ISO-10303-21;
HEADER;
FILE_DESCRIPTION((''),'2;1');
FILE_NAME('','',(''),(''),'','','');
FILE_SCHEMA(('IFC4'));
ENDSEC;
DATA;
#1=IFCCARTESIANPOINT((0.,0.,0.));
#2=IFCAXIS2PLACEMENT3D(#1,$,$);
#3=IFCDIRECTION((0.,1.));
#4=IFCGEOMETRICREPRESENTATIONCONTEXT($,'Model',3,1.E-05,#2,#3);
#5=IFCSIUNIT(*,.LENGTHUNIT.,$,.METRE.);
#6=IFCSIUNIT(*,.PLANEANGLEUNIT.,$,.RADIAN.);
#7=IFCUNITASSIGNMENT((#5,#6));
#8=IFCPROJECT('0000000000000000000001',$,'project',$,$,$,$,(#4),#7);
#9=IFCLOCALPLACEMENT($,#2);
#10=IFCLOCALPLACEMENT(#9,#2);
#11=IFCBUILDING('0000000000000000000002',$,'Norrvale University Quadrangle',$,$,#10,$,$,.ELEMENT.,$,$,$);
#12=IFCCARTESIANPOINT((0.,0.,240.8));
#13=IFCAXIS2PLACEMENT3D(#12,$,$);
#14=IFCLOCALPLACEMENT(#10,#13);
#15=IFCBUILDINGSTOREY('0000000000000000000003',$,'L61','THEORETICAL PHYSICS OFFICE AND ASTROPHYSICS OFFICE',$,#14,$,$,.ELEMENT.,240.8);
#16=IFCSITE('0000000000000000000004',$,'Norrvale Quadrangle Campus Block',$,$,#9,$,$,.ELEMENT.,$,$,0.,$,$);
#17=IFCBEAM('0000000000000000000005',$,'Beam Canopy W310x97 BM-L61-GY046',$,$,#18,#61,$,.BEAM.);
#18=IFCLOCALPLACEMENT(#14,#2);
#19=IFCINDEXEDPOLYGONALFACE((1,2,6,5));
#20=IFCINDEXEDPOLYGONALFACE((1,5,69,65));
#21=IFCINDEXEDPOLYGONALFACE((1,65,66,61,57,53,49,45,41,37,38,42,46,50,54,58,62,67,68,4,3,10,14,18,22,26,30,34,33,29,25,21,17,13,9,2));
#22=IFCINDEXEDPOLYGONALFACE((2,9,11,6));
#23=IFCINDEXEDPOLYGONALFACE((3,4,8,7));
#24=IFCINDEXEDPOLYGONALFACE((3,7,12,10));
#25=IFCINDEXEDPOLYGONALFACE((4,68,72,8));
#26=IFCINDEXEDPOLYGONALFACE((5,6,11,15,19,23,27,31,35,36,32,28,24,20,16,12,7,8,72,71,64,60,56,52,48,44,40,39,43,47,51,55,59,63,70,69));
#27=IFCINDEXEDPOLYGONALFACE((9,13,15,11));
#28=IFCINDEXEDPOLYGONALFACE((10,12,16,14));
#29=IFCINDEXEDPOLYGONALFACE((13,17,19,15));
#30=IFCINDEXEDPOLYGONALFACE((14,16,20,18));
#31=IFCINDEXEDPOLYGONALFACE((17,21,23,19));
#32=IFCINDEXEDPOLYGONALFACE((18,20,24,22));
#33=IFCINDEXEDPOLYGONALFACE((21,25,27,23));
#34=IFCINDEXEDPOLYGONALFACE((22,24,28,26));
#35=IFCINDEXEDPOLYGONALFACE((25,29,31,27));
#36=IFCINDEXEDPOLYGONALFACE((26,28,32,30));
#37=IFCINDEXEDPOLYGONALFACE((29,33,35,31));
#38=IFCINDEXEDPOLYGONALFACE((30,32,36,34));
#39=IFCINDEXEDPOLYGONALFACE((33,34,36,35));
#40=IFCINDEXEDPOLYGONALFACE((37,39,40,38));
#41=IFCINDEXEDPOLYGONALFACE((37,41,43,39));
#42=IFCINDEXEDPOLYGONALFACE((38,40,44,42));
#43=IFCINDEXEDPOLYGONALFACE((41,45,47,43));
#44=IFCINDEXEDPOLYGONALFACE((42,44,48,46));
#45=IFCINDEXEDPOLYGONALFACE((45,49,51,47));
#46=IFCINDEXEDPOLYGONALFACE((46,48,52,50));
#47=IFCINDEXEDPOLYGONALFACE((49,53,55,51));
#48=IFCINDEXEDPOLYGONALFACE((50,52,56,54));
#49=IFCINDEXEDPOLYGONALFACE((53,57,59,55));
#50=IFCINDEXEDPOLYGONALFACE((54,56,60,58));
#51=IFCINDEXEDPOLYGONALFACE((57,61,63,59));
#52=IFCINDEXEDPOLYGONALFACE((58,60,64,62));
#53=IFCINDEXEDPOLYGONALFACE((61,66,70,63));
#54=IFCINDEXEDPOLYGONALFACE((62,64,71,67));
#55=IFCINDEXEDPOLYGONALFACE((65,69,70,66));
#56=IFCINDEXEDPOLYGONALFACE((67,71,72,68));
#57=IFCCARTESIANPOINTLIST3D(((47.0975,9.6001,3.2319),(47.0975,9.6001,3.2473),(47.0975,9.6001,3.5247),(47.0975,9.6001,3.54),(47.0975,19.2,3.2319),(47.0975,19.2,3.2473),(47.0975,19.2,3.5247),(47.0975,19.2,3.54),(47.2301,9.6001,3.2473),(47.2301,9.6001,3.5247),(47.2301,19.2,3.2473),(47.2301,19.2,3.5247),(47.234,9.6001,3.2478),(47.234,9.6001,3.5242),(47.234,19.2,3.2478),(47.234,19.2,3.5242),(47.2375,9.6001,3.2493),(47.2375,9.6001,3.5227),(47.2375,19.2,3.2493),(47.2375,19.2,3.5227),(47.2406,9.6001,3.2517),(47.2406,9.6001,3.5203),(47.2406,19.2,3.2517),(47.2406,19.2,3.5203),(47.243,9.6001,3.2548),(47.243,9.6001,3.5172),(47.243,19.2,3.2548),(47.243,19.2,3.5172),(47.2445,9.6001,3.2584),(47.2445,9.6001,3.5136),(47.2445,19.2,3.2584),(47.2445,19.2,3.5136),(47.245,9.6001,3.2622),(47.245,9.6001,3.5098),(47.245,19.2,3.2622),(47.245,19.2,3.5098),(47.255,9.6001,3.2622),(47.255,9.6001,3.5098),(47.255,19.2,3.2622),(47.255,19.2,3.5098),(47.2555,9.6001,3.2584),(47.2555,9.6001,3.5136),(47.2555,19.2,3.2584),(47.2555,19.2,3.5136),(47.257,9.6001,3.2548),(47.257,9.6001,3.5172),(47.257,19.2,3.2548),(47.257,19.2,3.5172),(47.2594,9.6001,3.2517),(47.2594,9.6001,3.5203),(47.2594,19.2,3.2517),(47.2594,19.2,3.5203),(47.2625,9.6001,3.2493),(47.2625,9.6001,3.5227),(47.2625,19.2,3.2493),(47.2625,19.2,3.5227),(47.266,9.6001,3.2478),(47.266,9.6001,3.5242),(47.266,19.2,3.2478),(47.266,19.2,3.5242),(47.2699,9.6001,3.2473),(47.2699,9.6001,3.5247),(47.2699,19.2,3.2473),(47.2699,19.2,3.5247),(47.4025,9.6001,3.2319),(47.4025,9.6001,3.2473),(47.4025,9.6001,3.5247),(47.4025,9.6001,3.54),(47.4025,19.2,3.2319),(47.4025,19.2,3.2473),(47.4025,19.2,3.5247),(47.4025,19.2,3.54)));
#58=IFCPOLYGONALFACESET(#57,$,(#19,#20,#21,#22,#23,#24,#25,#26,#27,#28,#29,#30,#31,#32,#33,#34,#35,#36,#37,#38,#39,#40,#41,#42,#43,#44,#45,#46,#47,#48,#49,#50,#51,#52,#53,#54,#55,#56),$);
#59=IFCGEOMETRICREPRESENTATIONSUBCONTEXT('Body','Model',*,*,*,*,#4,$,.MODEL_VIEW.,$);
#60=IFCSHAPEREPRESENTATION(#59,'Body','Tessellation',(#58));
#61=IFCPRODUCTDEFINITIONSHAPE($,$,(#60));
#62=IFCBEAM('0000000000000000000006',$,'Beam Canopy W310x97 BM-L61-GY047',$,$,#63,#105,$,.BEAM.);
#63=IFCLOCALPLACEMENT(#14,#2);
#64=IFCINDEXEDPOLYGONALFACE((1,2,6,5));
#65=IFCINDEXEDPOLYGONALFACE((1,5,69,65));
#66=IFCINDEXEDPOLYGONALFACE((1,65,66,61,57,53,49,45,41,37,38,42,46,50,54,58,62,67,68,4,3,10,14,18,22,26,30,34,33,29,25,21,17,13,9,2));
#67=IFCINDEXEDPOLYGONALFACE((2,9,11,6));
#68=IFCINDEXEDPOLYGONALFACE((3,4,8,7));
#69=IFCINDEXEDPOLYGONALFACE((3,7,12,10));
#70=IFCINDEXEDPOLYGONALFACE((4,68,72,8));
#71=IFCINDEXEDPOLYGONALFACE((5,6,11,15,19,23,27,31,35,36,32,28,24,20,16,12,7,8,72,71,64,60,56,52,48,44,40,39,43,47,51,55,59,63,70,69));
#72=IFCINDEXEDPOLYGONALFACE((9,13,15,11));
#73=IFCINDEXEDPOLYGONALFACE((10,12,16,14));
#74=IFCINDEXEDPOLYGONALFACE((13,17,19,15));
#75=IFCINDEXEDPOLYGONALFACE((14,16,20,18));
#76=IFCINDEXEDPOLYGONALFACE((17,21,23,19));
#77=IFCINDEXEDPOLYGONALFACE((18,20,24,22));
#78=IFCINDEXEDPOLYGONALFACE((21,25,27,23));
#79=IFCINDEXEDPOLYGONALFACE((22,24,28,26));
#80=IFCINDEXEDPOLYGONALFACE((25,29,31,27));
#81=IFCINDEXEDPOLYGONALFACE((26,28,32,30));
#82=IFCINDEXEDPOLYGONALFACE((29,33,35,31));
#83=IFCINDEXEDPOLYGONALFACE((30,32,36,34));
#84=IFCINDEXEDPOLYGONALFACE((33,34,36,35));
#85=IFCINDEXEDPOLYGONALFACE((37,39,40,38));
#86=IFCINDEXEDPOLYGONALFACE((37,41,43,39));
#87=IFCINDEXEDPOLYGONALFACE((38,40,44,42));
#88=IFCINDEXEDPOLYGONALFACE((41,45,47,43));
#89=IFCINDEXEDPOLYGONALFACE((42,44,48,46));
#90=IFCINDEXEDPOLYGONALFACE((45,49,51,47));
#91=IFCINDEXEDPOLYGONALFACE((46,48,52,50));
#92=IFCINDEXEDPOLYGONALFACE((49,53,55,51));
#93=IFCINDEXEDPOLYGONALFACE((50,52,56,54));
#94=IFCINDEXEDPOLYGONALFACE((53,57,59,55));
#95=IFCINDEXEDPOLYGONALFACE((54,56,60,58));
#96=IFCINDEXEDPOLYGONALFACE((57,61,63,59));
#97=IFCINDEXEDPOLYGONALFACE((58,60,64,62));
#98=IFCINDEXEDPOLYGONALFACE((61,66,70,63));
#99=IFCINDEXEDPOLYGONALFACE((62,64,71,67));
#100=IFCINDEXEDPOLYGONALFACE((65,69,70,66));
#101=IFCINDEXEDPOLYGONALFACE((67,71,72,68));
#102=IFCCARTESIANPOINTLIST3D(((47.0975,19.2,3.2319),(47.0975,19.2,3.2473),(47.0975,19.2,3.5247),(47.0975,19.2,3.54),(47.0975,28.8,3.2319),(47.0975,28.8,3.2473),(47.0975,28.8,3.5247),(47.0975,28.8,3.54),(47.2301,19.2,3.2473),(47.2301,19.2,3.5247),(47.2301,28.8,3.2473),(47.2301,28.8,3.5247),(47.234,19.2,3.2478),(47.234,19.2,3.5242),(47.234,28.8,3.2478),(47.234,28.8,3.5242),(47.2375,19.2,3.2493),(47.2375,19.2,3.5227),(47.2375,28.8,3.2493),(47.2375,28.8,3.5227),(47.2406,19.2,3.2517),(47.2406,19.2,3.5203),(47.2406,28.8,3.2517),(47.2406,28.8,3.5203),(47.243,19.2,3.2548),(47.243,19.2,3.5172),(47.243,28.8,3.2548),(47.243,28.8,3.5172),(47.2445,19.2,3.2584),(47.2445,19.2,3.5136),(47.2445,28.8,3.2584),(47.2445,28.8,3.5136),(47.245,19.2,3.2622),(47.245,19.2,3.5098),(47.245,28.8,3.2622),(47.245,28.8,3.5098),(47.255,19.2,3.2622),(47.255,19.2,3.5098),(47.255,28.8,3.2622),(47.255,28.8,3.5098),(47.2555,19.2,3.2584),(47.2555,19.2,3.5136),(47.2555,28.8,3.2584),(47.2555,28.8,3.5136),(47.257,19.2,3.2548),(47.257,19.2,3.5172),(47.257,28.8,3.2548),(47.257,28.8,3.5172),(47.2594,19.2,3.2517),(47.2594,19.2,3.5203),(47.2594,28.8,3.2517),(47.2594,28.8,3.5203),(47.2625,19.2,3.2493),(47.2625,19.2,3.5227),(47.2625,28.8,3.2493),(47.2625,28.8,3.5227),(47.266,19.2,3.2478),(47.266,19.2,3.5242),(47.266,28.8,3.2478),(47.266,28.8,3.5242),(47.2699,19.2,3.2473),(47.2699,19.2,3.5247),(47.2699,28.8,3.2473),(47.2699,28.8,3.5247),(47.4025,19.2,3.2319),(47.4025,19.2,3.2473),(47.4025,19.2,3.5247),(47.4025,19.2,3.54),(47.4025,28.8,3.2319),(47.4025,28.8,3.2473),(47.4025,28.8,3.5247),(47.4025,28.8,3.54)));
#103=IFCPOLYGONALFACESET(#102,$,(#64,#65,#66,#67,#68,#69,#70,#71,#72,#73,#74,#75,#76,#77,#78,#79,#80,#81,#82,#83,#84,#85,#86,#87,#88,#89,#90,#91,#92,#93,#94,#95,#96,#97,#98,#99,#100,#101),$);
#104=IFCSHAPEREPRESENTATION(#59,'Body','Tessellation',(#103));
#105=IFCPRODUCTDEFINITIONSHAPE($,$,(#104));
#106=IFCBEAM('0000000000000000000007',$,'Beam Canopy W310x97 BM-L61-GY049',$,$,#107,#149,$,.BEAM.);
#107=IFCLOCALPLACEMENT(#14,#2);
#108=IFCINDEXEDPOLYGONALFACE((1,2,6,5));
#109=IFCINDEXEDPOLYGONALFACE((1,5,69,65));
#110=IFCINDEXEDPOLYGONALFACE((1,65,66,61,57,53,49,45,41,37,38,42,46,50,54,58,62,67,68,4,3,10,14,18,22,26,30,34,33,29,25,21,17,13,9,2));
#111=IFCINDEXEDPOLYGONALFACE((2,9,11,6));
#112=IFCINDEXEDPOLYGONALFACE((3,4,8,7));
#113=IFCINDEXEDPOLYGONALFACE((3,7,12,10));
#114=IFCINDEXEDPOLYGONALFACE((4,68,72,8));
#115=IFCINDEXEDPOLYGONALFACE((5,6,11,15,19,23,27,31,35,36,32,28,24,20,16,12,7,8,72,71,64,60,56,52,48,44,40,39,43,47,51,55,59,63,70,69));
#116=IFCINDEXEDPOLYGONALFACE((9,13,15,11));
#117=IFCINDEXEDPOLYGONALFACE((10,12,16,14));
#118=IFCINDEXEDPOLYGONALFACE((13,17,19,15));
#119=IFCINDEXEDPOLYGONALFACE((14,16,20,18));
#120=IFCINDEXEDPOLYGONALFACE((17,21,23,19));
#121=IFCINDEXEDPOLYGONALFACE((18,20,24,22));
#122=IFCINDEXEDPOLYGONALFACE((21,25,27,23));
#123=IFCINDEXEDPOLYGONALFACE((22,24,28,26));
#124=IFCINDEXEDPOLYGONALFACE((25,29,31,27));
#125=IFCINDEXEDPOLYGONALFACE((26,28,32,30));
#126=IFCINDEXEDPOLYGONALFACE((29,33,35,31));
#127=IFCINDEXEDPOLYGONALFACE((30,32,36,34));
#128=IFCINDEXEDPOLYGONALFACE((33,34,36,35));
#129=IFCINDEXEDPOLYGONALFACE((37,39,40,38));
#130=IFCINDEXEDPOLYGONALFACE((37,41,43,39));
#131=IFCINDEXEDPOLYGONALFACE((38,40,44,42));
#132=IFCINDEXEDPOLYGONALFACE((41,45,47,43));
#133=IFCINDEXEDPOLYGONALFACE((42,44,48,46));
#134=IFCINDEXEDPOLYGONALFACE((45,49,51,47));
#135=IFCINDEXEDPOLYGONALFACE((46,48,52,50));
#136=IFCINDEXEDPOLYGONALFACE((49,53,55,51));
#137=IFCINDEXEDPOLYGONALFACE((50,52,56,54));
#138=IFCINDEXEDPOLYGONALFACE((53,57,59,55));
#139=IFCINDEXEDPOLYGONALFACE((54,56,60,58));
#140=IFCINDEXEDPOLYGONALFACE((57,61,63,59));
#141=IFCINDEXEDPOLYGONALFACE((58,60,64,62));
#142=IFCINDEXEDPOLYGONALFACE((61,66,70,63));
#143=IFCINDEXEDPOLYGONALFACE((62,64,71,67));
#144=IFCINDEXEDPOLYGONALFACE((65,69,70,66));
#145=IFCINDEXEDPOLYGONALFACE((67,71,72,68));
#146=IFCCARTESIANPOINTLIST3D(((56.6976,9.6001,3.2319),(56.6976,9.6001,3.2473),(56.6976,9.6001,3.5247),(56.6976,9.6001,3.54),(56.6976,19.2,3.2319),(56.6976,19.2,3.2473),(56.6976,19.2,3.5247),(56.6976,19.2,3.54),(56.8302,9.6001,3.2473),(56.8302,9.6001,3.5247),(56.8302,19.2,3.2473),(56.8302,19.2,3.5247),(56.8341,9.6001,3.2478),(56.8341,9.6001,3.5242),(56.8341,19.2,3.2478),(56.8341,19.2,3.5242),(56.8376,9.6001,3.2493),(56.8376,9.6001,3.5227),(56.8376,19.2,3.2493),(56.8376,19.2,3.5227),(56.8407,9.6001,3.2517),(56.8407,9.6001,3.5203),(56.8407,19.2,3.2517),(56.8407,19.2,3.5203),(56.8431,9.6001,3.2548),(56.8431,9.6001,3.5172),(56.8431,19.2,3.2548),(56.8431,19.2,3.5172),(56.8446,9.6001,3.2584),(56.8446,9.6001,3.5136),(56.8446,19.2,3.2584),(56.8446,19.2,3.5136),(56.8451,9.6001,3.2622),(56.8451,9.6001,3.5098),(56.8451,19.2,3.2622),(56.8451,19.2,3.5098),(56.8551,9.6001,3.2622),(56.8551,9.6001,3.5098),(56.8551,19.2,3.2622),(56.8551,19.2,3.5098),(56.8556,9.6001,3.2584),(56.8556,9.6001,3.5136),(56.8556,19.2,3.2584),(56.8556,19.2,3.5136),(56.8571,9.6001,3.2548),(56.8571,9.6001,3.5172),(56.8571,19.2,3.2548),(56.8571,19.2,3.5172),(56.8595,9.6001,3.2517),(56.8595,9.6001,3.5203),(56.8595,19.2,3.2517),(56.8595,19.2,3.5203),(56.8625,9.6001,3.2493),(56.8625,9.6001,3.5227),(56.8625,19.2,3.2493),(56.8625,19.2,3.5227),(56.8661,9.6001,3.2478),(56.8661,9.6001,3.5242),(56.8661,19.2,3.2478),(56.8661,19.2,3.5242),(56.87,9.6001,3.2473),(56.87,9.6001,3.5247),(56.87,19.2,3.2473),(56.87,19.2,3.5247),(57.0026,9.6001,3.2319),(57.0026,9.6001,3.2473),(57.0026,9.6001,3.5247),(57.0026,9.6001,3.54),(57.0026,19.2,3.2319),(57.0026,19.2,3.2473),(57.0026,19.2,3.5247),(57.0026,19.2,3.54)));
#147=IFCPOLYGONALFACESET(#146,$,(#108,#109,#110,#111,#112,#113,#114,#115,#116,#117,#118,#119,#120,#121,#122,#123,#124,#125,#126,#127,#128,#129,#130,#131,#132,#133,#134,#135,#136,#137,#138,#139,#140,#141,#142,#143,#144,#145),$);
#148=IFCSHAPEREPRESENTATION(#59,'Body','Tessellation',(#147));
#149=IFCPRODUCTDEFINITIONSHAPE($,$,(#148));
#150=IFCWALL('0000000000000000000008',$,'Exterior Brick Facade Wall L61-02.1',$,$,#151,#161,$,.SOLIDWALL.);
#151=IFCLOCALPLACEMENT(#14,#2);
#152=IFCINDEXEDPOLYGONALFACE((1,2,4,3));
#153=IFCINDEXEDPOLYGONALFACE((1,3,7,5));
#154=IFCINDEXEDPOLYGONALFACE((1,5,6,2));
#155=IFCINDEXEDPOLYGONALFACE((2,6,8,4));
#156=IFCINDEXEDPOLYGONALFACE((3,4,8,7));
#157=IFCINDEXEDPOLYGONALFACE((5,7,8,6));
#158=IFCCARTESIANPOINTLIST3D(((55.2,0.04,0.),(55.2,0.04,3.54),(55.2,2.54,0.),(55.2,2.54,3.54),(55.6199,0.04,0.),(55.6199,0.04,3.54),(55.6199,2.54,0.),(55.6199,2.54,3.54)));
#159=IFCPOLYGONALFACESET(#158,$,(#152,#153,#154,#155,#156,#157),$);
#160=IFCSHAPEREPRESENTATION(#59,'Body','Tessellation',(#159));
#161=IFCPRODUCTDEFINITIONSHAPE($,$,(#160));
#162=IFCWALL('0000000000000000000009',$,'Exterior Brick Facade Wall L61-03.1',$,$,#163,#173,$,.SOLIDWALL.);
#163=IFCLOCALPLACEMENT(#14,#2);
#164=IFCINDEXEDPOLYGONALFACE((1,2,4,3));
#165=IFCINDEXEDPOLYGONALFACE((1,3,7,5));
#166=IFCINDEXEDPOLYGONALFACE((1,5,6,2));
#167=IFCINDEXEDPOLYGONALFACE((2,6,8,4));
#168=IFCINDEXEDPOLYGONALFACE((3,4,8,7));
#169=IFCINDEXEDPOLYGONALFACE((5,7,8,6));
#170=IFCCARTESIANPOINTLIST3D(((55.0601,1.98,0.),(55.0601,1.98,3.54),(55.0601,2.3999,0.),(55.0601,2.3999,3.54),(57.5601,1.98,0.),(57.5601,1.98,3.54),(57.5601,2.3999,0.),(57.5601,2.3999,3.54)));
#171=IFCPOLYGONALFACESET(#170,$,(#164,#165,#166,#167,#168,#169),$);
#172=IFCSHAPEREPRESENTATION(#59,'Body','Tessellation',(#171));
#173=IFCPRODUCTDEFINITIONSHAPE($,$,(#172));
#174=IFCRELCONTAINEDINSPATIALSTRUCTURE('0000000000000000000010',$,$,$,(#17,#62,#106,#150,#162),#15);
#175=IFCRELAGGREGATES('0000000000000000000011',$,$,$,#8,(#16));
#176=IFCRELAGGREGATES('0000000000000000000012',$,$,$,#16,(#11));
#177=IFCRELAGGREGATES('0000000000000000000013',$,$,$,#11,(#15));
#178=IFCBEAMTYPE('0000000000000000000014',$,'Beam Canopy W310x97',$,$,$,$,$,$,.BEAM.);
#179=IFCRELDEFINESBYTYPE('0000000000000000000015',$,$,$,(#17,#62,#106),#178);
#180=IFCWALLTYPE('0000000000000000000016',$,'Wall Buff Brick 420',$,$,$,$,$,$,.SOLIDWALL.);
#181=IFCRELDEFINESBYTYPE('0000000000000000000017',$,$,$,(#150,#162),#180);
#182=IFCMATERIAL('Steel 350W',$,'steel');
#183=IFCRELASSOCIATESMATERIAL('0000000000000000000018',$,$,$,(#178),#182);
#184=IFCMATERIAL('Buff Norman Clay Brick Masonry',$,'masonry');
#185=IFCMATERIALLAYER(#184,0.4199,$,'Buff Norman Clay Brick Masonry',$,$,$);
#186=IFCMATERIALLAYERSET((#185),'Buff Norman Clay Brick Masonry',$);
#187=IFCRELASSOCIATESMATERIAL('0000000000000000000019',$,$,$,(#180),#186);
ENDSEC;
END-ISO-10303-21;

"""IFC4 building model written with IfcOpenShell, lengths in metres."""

from ifc_helpers import new_model, si_unit, direction, frame, frame_2d, origin, origin_2d, place, context, subcontext, project, spatial, rectangle, i_section, extrude, material, layer, layer_set, material_profile, profile_set, type_object, element, save


model = new_model("IFC4")

# Units and contexts
model_context = context("Model", 3, precision=1e-05, world=origin(), true_north=direction((0.0, 1.0)))
body_context = subcontext(model_context, "Body", "Model", "MODEL_VIEW")
ifc_project = project(units=[si_unit("LENGTHUNIT", "METRE"), si_unit("PLANEANGLEUNIT", "RADIAN")], contexts=[model_context])

# Site, building, storey
site_placement = place(None, origin())
site = spatial("IfcSite", under=ifc_project, at=site_placement, Name="Norrvale Quadrangle Campus Block", CompositionType="ELEMENT", RefElevation=0.0)
building_placement = place(site_placement, origin())
building = spatial("IfcBuilding", under=site, at=building_placement, Name="Norrvale University Quadrangle", CompositionType="ELEMENT")
storey_placement = place(building_placement, frame((0.0, 0.0, 240.8)))
storey = spatial("IfcBuildingStorey", under=building, at=storey_placement, Name="L61", Description="THEORETICAL PHYSICS OFFICE AND ASTROPHYSICS OFFICE", CompositionType="ELEMENT", Elevation=240.8)

# Beams
ifc_material_1 = material(Name="Steel 350W", Category="steel")
ifc_material_profile_1 = material_profile(ifc_material_1, i_section(OverallWidth=0.3049, OverallDepth=0.3081, WebThickness=0.01, FlangeThickness=0.0154, FilletRadius=0.0149, at=origin_2d()), Name="Steel 350W")
ifc_profile_set_1 = profile_set([ifc_material_profile_1], Name="Steel 350W")
beam_type_1 = type_object("IfcBeamType", Name="Beam Canopy W310x97", PredefinedType="BEAM", material=ifc_profile_set_1)
beam_1_placement = place(storey_placement, frame((47.25, 9.6001, 3.386), z_axis=(0.0, 1.0, 0.0), x_axis=(-1.0, 0.0, 0.0)))
element("IfcBeam", 1, at=beam_1_placement, inside=storey, type_object=beam_type_1, Name="Beam Canopy W310x97 BM-L61-GY046", PredefinedType="BEAM", context=body_context, shape_type="SweptSolid", body=[
    extrude(i_section(OverallWidth=0.3049, OverallDepth=0.3081, WebThickness=0.01, FlangeThickness=0.0154, FilletRadius=0.0149, at=origin_2d()), origin(), (0.0, 0.0, 1.0), 9.5999),
])
beam_2_placement = place(storey_placement, frame((47.25, 19.2, 3.386), z_axis=(0.0, 1.0, 0.0), x_axis=(-1.0, 0.0, 0.0)))
element("IfcBeam", 2, at=beam_2_placement, inside=storey, type_object=beam_type_1, Name="Beam Canopy W310x97 BM-L61-GY047", PredefinedType="BEAM", context=body_context, shape_type="SweptSolid", body=[
    extrude(i_section(OverallWidth=0.3049, OverallDepth=0.3081, WebThickness=0.01, FlangeThickness=0.0154, FilletRadius=0.0149, at=origin_2d()), origin(), (0.0, 0.0, 1.0), 9.6001),
])
beam_3_placement = place(storey_placement, frame((56.8501, 9.6001, 3.386), z_axis=(0.0, 1.0, 0.0), x_axis=(-1.0, 0.0, 0.0)))
element("IfcBeam", 3, at=beam_3_placement, inside=storey, type_object=beam_type_1, Name="Beam Canopy W310x97 BM-L61-GY049", PredefinedType="BEAM", context=body_context, shape_type="SweptSolid", body=[
    extrude(i_section(OverallWidth=0.3049, OverallDepth=0.3081, WebThickness=0.01, FlangeThickness=0.0154, FilletRadius=0.0149, at=origin_2d()), origin(), (0.0, 0.0, 1.0), 9.5999),
])

# Walls
ifc_material_2 = material(Name="Buff Norman Clay Brick Masonry", Category="masonry")
ifc_layer = layer(ifc_material_2, 0.4199, Name="Buff Norman Clay Brick Masonry")
ifc_layer_set = layer_set([ifc_layer], Name="Buff Norman Clay Brick Masonry")
wall_type = type_object("IfcWallType", Name="Wall Buff Brick 420", PredefinedType="SOLIDWALL", material=ifc_layer_set)
for number, where, z_axis, x_axis, name in (
    (4, (55.4099, 0.04, 0.0), (0.0, 0.0, 1.0), (0.0, 1.0, 0.0), "Exterior Brick Facade Wall L61-02.1"),
    (5, (55.0601, 2.1899, 0.0), (0.0, 0.0, 1.0), (1.0, 0.0, 0.0), "Exterior Brick Facade Wall L61-03.1"),
):
    element("IfcWall", number, at=place(storey_placement, frame(where, z_axis=z_axis, x_axis=x_axis)), inside=storey, type_object=wall_type, Name=name, PredefinedType="SOLIDWALL", context=body_context, shape_type="SweptSolid", body=[
        extrude(rectangle(XDim=2.5, YDim=0.4199, at=frame_2d((1.25, 0.0))), origin(), (0.0, 0.0, 1.0), 3.54),
    ])

save(model, "model.ifc")
